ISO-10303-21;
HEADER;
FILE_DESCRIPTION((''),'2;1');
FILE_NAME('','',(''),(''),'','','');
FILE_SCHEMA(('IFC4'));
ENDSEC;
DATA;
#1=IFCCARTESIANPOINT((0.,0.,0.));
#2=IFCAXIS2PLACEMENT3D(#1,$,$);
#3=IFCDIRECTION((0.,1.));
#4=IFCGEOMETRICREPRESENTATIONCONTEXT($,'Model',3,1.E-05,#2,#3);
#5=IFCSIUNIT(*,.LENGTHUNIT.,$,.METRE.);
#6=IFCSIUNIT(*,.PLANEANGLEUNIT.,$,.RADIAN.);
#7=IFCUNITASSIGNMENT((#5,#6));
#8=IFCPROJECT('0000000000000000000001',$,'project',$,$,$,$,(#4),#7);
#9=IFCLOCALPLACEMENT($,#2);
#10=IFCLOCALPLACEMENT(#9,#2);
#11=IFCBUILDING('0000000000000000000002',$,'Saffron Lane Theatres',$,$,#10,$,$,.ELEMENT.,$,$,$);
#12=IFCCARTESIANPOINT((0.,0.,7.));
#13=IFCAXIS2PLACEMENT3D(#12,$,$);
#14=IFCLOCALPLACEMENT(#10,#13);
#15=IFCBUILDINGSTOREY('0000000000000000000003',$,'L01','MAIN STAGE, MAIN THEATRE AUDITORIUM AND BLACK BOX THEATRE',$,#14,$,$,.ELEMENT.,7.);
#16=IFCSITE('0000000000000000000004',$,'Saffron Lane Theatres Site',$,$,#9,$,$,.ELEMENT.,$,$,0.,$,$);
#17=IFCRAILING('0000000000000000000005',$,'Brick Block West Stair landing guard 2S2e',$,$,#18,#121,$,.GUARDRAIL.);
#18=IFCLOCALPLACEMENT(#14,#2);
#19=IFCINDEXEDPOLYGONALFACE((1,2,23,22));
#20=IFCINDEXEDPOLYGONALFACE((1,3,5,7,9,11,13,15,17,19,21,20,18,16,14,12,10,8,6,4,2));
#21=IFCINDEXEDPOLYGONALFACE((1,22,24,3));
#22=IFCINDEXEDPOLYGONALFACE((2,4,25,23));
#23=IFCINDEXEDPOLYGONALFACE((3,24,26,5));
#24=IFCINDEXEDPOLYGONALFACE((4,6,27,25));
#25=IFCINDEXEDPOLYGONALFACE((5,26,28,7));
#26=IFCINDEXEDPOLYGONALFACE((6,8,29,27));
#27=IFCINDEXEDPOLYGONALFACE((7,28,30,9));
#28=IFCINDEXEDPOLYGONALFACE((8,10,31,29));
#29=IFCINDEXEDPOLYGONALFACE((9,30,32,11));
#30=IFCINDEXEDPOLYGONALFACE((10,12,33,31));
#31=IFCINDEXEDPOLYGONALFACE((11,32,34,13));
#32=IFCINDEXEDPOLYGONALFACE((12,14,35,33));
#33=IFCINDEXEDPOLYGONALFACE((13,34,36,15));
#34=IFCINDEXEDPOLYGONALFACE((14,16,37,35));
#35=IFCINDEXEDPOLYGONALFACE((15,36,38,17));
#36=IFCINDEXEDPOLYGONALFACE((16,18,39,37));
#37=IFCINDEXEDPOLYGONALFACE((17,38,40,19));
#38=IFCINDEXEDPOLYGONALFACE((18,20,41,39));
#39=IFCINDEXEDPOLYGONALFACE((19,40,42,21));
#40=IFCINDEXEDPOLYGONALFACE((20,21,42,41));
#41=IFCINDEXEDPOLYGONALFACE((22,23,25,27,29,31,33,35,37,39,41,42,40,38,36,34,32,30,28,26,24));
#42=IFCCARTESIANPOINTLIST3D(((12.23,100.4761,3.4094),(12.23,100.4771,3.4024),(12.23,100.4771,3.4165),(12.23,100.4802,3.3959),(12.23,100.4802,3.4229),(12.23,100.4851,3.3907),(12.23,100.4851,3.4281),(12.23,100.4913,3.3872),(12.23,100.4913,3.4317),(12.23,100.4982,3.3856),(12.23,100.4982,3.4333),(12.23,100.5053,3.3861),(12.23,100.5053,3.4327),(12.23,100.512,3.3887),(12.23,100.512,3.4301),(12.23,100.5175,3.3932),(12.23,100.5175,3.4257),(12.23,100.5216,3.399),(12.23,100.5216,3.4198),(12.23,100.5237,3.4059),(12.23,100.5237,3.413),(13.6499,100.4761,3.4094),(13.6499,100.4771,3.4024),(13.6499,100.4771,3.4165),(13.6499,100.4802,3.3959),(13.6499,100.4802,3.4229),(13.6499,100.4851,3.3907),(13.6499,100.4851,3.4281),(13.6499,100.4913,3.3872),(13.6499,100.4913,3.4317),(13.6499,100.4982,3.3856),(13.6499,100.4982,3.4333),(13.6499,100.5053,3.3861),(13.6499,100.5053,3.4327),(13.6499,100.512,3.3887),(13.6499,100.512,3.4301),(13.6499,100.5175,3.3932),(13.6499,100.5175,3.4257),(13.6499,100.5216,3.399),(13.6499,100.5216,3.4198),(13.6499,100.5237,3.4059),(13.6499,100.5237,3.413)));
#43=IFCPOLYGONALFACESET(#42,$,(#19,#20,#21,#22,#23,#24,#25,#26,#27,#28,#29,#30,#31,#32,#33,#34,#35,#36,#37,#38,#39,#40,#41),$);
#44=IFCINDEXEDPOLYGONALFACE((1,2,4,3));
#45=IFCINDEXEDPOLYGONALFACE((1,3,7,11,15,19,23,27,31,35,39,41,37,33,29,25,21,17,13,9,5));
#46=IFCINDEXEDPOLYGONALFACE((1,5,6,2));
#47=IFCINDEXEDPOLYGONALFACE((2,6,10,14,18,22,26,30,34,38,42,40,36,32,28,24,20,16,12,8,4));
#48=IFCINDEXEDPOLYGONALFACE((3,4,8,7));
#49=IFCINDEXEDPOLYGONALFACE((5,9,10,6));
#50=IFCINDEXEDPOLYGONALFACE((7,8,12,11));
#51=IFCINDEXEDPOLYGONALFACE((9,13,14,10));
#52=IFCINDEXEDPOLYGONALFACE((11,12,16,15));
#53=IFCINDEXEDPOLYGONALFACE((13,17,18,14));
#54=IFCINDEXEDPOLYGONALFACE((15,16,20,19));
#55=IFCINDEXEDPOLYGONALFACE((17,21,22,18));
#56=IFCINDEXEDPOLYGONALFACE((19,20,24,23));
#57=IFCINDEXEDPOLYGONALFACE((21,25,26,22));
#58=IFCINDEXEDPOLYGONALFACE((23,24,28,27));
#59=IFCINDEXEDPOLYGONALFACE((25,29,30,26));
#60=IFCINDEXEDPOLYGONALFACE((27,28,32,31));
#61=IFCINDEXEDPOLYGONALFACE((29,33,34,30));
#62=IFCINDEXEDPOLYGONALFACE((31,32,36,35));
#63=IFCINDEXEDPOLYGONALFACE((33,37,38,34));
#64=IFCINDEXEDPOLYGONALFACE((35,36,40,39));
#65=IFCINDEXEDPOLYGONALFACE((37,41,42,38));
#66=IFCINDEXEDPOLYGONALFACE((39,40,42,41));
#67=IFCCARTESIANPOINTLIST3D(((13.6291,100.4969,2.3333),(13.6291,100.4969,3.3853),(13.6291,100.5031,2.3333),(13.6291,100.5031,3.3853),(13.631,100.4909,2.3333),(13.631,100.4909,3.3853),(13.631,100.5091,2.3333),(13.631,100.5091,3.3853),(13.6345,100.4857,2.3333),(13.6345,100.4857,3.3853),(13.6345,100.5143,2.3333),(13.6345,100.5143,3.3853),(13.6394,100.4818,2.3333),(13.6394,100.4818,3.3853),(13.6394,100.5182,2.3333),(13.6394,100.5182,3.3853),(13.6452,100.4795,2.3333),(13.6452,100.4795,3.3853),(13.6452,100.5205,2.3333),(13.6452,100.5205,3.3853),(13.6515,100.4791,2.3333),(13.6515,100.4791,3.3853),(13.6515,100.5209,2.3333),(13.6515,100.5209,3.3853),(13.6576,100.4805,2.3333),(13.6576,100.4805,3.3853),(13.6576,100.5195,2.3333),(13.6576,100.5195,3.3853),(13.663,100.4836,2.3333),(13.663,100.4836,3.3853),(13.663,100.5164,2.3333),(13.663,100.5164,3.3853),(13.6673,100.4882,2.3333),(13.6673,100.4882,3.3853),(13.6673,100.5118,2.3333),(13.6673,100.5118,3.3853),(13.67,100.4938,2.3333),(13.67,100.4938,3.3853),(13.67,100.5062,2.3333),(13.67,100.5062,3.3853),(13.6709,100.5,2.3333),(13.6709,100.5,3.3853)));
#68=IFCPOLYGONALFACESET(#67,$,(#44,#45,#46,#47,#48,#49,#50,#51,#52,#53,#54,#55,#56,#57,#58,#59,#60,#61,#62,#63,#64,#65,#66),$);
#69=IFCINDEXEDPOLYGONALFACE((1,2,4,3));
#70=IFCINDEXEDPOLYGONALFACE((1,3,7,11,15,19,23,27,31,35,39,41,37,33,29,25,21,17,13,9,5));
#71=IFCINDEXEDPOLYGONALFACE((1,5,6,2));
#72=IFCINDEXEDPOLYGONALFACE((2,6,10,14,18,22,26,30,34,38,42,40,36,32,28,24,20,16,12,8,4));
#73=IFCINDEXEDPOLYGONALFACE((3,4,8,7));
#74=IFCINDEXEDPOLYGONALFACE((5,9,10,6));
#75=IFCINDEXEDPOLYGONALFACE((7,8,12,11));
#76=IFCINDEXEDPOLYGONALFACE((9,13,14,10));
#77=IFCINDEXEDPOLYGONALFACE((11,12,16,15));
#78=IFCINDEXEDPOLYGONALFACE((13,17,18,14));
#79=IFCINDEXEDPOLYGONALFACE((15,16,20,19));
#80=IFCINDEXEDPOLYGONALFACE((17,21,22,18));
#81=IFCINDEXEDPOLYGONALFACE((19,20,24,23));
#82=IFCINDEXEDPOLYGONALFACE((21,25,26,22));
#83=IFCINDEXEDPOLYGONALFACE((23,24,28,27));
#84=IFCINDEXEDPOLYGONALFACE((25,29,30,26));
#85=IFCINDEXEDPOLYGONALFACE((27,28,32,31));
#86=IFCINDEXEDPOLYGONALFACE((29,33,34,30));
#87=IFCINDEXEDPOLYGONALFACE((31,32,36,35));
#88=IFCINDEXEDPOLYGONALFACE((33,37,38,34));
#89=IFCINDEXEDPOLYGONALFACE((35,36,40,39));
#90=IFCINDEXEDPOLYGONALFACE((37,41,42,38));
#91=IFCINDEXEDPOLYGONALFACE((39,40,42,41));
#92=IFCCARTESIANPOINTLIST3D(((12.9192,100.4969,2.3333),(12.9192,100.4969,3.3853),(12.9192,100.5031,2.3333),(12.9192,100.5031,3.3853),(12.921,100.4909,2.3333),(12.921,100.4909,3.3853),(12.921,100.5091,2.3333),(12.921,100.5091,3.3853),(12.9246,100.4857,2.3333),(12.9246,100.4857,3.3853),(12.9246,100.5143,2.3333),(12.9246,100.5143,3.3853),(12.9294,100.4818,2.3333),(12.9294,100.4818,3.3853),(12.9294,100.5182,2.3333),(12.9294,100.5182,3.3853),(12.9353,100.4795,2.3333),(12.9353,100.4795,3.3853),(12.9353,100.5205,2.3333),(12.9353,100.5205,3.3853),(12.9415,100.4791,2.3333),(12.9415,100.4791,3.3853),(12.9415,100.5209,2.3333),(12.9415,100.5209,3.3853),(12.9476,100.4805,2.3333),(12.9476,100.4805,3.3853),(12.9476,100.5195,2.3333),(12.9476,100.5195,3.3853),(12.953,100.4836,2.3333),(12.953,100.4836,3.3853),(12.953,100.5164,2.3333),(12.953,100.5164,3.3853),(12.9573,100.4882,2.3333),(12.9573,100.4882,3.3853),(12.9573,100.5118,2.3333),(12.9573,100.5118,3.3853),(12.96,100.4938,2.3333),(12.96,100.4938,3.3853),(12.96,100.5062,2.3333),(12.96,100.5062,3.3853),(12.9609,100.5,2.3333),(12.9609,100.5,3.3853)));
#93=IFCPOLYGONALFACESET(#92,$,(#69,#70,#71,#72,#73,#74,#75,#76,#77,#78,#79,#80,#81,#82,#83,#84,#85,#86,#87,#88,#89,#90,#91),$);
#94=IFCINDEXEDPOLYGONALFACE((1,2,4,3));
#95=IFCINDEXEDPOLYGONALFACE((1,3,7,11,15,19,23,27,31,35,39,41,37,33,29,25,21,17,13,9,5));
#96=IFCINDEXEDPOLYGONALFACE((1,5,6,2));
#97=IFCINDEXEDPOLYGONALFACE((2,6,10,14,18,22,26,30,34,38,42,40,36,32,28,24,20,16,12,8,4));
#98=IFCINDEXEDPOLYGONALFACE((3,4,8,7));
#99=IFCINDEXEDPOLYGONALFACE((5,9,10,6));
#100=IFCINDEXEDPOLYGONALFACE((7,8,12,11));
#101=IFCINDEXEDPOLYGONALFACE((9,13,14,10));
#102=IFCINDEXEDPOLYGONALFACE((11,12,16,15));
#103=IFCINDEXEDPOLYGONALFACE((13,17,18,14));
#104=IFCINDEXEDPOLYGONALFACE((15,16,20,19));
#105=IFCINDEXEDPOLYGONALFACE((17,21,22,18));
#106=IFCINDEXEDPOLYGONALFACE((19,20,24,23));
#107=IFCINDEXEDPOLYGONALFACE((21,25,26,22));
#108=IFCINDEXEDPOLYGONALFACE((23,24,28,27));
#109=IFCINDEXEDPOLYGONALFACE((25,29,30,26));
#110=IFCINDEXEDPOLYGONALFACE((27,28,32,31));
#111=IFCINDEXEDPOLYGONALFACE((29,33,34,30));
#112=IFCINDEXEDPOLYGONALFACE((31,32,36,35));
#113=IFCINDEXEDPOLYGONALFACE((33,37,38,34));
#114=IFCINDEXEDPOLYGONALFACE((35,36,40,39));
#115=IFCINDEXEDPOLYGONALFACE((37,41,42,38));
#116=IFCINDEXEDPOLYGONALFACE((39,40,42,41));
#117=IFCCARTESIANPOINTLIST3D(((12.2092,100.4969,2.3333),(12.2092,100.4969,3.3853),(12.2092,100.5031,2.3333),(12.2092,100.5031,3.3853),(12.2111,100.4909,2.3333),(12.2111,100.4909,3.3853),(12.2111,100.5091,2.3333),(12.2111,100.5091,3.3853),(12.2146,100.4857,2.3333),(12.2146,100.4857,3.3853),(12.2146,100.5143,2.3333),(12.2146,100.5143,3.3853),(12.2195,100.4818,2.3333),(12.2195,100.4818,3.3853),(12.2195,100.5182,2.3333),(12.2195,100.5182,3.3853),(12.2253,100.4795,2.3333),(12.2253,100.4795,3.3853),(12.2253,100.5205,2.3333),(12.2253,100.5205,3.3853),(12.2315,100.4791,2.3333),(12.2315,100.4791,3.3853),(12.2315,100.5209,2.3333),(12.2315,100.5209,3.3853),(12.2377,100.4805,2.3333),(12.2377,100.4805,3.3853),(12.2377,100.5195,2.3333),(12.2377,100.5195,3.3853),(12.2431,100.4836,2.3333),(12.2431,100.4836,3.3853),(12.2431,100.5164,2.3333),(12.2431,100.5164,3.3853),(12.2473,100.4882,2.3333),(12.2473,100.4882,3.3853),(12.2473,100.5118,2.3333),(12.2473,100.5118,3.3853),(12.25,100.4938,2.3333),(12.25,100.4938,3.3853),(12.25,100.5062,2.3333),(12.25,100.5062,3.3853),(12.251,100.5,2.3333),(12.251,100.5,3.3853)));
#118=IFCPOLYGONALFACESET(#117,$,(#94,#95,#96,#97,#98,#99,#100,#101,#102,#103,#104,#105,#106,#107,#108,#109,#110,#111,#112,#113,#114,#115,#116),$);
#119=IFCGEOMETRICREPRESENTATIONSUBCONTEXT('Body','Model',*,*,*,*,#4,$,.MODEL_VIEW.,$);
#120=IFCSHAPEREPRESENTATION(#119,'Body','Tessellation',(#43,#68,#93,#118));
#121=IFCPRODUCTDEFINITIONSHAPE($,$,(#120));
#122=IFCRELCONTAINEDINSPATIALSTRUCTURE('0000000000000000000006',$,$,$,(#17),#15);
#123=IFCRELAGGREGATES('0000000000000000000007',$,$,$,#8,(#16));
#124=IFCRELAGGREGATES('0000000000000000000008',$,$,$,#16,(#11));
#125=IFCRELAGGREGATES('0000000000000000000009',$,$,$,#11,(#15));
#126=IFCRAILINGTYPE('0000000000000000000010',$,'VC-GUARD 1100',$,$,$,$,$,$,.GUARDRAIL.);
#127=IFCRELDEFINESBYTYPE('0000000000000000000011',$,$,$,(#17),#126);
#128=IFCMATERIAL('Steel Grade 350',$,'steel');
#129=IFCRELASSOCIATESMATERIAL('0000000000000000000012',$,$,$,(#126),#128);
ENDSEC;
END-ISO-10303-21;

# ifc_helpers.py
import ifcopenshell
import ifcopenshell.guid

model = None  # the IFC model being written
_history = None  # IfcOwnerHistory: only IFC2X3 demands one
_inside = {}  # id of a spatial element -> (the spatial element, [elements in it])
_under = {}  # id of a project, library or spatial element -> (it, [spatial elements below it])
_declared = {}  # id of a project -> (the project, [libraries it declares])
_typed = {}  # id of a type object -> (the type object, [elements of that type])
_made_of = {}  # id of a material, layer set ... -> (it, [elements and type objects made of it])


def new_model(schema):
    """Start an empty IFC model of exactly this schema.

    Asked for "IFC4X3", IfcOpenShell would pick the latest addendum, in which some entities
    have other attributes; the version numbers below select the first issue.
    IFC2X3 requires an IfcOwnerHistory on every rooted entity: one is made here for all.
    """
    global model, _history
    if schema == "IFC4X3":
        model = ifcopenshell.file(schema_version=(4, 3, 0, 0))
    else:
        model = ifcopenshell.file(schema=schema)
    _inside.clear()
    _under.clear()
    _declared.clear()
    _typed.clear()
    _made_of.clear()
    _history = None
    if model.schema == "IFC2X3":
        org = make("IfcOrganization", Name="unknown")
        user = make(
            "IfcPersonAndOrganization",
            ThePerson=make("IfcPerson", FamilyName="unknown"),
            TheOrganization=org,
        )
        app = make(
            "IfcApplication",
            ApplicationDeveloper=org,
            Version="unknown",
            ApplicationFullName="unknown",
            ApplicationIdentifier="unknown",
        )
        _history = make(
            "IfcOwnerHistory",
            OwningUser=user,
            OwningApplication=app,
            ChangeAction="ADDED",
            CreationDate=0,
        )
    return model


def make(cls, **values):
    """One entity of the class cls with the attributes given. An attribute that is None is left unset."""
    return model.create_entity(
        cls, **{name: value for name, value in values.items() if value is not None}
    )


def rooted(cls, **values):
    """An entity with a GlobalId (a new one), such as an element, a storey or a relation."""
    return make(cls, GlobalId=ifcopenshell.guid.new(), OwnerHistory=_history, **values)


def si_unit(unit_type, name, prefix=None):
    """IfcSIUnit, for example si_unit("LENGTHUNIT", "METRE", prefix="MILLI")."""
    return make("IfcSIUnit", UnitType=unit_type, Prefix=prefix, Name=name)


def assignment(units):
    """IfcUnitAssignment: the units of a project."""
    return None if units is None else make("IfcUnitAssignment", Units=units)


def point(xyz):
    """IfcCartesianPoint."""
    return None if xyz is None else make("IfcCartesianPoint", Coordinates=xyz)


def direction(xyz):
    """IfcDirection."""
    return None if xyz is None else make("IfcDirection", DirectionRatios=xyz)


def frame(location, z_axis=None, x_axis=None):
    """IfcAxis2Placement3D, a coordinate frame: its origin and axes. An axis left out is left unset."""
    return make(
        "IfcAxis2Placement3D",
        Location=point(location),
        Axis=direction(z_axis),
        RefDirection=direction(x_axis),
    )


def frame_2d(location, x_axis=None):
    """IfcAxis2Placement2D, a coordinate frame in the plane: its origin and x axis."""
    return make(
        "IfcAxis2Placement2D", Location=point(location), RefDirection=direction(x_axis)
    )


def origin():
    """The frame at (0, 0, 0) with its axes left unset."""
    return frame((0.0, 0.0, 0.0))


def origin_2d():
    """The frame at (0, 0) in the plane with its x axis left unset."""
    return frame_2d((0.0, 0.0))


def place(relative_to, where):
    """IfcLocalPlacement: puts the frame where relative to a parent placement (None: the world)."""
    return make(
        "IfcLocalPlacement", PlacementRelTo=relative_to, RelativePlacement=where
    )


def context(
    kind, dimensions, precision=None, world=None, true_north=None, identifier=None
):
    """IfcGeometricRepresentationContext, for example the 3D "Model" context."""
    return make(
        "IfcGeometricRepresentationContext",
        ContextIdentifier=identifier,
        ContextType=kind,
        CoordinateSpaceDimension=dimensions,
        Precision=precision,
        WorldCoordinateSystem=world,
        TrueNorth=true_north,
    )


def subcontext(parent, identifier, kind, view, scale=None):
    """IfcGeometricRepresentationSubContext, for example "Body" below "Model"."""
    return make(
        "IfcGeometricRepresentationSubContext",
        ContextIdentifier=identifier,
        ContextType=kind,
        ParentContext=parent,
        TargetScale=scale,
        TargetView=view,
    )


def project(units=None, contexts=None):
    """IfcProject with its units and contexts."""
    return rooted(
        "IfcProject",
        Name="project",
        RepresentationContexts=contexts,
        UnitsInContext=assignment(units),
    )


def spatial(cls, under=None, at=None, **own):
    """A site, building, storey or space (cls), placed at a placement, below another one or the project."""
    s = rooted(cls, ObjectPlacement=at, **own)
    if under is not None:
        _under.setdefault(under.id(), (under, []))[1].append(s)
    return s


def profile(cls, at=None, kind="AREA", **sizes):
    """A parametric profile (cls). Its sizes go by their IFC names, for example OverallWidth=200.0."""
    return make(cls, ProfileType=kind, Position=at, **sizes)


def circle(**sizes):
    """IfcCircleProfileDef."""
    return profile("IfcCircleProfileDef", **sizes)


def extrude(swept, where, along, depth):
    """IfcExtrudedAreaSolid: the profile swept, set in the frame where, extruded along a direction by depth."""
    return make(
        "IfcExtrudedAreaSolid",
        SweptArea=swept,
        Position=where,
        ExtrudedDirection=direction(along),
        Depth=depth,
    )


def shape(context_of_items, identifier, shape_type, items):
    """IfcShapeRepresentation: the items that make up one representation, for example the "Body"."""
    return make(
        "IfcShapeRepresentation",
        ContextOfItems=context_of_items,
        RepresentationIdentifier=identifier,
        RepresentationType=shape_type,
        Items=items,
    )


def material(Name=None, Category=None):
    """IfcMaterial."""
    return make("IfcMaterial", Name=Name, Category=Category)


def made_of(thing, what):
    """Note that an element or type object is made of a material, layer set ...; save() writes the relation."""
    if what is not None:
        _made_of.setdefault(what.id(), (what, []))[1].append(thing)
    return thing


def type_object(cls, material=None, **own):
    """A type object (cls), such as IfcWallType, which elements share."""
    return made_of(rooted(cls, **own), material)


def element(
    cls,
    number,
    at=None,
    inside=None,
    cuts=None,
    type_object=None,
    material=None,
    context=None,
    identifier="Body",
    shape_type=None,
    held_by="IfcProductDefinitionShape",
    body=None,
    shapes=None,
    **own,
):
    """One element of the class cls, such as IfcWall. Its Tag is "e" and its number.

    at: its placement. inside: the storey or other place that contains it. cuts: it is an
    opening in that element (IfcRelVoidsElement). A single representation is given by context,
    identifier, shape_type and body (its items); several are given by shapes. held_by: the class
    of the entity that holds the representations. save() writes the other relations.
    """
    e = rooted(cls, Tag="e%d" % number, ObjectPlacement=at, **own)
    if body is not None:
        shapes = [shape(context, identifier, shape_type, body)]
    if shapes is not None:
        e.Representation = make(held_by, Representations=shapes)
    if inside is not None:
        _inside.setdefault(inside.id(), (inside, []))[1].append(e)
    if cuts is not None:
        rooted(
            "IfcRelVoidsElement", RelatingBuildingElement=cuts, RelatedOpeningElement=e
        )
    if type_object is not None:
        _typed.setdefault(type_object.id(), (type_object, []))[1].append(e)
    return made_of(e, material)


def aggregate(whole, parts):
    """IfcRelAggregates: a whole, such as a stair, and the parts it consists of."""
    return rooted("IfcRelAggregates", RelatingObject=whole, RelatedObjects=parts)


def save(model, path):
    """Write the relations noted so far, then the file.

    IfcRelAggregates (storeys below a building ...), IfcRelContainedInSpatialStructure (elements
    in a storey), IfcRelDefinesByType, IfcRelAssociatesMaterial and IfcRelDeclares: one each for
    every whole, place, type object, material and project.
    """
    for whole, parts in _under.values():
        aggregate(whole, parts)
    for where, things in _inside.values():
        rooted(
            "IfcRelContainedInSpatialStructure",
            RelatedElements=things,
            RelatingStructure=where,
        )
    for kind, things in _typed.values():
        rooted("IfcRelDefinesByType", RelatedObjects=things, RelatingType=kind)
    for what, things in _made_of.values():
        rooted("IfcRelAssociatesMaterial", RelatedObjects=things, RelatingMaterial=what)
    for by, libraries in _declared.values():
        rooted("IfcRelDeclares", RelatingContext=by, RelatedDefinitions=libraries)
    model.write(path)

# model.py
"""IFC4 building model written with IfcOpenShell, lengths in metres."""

from ifc_helpers import new_model, si_unit, direction, frame, origin, origin_2d, place, context, subcontext, project, spatial, circle, extrude, material, type_object, element, save


model = new_model("IFC4")

# Units and contexts
model_context = context("Model", 3, precision=1e-05, world=origin(), true_north=direction((0.0, 1.0)))
body_context = subcontext(model_context, "Body", "Model", "MODEL_VIEW")
ifc_project = project(units=[si_unit("LENGTHUNIT", "METRE"), si_unit("PLANEANGLEUNIT", "RADIAN")], contexts=[model_context])

# Site, building, storey
site_placement = place(None, origin())
site = spatial("IfcSite", under=ifc_project, at=site_placement, Name="Saffron Lane Theatres Site", CompositionType="ELEMENT", RefElevation=0.0)
building_placement = place(site_placement, origin())
building = spatial("IfcBuilding", under=site, at=building_placement, Name="Saffron Lane Theatres", CompositionType="ELEMENT")
storey_placement = place(building_placement, frame((0.0, 0.0, 7.0)))
storey = spatial("IfcBuildingStorey", under=building, at=storey_placement, Name="L01", Description="MAIN STAGE, MAIN THEATRE AUDITORIUM AND BLACK BOX THEATRE", CompositionType="ELEMENT", Elevation=7.0)

# Railing
ifc_material_1 = material(Name="Steel Grade 350", Category="steel")
railing_type_1 = type_object("IfcRailingType", Name="VC-GUARD 1100", PredefinedType="GUARDRAIL", material=ifc_material_1)
railing_1_placement = place(storey_placement, frame((13.6499, 100.5, 2.3333)))
element("IfcRailing", 1, at=railing_1_placement, inside=storey, type_object=railing_type_1, Name="Brick Block West Stair landing guard 2S2e", PredefinedType="GUARDRAIL", context=body_context, shape_type="SweptSolid", body=[
    extrude(circle(Radius=0.0239, at=origin_2d()), frame((0.0, 0.0, 1.0762), z_axis=(-1.0, 0.0, 0.0), x_axis=(0.0, -1.0, 0.0)), (0.0, 0.0, 1.0), 1.4199),
    extrude(circle(Radius=0.021, at=origin_2d()), origin(), (0.0, 0.0, 1.0), 1.052),
    extrude(circle(Radius=0.021, at=origin_2d()), frame((-0.71, 0.0, 0.0)), (0.0, 0.0, 1.0), 1.052),
    extrude(circle(Radius=0.021, at=origin_2d()), frame((-1.4199, 0.0, 0.0)), (0.0, 0.0, 1.0), 1.052),
])

save(model, "model.ifc")
